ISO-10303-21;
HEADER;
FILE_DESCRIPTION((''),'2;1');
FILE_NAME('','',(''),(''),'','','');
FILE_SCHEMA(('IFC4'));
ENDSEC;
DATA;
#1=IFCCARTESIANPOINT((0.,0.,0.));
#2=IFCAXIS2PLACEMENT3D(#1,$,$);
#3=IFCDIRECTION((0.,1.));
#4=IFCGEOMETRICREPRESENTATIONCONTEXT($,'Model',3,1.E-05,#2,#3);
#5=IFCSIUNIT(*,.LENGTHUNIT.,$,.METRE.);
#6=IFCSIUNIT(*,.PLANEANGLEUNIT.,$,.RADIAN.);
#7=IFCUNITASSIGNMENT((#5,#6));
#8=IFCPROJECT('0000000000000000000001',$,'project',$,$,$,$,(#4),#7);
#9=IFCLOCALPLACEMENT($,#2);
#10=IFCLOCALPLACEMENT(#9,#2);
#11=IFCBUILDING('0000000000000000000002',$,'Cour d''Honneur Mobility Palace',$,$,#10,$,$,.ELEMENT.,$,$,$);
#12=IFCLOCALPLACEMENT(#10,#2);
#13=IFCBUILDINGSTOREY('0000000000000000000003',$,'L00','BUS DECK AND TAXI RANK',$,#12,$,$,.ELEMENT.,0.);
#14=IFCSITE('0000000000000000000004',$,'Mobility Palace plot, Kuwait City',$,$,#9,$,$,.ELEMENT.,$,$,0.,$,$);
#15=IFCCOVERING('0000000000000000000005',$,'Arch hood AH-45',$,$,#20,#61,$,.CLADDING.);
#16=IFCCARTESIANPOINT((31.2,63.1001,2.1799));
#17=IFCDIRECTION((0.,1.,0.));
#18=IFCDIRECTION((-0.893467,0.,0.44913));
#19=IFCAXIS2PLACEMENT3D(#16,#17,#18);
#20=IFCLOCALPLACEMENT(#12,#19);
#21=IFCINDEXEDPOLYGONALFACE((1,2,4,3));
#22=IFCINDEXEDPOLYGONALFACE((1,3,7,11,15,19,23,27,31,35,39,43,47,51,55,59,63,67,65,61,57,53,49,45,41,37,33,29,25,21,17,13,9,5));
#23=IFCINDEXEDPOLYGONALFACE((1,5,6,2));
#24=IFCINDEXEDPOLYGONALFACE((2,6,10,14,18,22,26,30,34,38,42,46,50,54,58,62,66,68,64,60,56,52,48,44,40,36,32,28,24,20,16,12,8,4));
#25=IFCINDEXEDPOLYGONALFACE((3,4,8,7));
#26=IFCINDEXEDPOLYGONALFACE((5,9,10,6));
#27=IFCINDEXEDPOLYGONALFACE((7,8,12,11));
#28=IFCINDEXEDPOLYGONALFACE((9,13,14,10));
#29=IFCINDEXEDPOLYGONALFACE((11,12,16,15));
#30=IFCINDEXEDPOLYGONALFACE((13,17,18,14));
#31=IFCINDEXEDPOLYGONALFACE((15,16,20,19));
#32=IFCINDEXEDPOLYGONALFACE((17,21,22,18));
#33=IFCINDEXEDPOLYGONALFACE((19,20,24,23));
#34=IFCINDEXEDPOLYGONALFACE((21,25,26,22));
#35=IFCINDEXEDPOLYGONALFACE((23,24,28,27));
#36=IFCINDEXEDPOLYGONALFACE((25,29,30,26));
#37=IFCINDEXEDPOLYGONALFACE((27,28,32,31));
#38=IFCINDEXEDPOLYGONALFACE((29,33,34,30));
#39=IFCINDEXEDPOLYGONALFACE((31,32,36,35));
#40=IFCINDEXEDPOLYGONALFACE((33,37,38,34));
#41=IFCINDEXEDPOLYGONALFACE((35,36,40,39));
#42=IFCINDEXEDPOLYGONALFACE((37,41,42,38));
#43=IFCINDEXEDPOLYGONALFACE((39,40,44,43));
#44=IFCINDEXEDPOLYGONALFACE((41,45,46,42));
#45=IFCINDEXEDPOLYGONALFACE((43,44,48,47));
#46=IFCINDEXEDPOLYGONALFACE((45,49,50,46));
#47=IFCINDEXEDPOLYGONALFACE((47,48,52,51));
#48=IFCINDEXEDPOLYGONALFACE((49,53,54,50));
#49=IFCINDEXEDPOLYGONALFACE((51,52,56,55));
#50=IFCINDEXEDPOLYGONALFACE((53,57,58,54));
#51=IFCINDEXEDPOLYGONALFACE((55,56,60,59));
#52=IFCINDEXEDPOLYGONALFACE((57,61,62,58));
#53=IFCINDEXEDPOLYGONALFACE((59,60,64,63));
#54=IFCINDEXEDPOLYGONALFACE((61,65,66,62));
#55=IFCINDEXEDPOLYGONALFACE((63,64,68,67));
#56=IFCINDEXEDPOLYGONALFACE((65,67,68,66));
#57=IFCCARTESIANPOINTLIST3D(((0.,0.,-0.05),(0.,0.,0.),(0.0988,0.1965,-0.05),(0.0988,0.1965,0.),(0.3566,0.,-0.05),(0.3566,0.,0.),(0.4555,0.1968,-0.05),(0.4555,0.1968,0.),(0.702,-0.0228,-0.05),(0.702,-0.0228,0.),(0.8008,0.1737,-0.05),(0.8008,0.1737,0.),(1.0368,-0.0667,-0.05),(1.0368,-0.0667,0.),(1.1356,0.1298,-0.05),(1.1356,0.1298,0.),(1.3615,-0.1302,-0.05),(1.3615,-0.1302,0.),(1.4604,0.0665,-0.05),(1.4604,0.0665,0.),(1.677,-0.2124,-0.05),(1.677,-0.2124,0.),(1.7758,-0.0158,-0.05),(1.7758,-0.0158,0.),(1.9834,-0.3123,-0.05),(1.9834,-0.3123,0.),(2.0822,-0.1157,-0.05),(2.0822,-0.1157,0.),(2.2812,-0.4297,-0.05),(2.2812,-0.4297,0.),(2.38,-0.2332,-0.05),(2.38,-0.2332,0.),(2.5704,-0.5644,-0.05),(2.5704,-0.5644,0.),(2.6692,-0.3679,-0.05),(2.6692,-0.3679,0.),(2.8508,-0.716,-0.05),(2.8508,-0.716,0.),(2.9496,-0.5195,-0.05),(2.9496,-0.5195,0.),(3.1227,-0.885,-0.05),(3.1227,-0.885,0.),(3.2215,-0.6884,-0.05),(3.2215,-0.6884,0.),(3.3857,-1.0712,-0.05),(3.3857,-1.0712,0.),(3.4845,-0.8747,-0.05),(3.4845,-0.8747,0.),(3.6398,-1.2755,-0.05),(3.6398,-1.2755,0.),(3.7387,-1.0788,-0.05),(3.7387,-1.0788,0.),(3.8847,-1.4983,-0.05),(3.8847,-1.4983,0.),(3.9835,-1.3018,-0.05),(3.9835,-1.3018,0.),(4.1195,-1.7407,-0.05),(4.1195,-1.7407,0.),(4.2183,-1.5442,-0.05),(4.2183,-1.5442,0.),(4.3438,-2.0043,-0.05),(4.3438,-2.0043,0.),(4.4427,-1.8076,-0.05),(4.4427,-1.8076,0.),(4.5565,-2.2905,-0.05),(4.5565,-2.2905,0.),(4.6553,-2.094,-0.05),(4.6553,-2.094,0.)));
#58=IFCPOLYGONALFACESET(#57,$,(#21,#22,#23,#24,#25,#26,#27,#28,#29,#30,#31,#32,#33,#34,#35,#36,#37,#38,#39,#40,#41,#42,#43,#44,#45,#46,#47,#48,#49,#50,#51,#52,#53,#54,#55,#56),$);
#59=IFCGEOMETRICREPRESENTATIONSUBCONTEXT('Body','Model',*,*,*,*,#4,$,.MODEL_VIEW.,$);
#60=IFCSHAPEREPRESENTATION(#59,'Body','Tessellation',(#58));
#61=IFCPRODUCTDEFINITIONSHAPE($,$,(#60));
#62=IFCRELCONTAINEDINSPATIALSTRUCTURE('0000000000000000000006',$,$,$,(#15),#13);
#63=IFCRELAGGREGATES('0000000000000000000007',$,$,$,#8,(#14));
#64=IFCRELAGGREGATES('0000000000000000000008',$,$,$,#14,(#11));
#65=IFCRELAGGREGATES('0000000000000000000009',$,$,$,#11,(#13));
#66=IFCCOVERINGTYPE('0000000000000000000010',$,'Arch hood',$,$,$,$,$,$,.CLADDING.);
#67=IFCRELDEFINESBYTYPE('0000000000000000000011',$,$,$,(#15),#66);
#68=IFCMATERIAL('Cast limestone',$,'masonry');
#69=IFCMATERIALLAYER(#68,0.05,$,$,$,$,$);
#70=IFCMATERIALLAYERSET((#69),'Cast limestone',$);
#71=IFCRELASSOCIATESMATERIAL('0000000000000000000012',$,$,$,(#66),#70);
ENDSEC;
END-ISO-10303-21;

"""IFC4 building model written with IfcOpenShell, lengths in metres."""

from ifc_helpers import new_model, si_unit, direction, frame, origin, place, context, subcontext, project, spatial, polyline, outline, extrude, material, layer, layer_set, type_object, element, save


model = new_model("IFC4")

# Units and contexts
model_context = context("Model", 3, precision=1e-05, world=origin(), true_north=direction((0.0, 1.0)))
body_context = subcontext(model_context, "Body", "Model", "MODEL_VIEW")
ifc_project = project(units=[si_unit("LENGTHUNIT", "METRE"), si_unit("PLANEANGLEUNIT", "RADIAN")], contexts=[model_context])

# Site, building, storey
site_placement = place(None, origin())
site = spatial("IfcSite", under=ifc_project, at=site_placement, Name="Mobility Palace plot, Kuwait City", CompositionType="ELEMENT", RefElevation=0.0)
building_placement = place(site_placement, origin())
building = spatial("IfcBuilding", under=site, at=building_placement, Name="Cour d'Honneur Mobility Palace", CompositionType="ELEMENT")
storey_placement = place(building_placement, origin())
storey = spatial("IfcBuildingStorey", under=building, at=storey_placement, Name="L00", Description="BUS DECK AND TAXI RANK", CompositionType="ELEMENT", Elevation=0.0)

# Covering
ifc_material_1 = material(Name="Cast limestone", Category="masonry")
ifc_layer_1 = layer(ifc_material_1, 0.05)
ifc_layer_set_1 = layer_set([ifc_layer_1], Name="Cast limestone")
covering_type_1 = type_object("IfcCoveringType", Name="Arch hood", PredefinedType="CLADDING", material=ifc_layer_set_1)
covering_1_placement = place(storey_placement, frame((31.2, 63.1001, 2.1799), z_axis=(0.0, 1.0, 0.0), x_axis=(-0.893467, 0.0, 0.44913)))
element("IfcCovering", 1, at=covering_1_placement, inside=storey, type_object=covering_type_1, Name="Arch hood AH-45", PredefinedType="CLADDING", context=body_context, shape_type="SweptSolid", body=[
    extrude(outline(polyline([(0.0, 0.0), (0.3566, 0.0), (0.702, -0.0228), (1.0368, -0.0667), (1.3615, -0.1302), (1.677, -0.2124), (1.9834, -0.3123), (2.2812, -0.4297), (2.5704, -0.5644), (2.8508, -0.716), (3.1227, -0.885), (3.3857, -1.0712), (3.6398, -1.2755), (3.8847, -1.4983), (4.1195, -1.7407), (4.3438, -2.0043), (4.5565, -2.2905), (4.6553, -2.094), (4.4427, -1.8076), (4.2183, -1.5442), (3.9835, -1.3018), (3.7387, -1.0788), (3.4845, -0.8747), (3.2215, -0.6884), (2.9496, -0.5195), (2.6692, -0.3679), (2.38, -0.2332), (2.0822, -0.1157), (1.7758, -0.0158), (1.4604, 0.0665), (1.1356, 0.1298), (0.8008, 0.1737), (0.4555, 0.1968), (0.0988, 0.1965), (0.0, 0.0)])), origin(), (0.0, 0.0, -1.0), 0.05),
])

save(model, "model.ifc")
